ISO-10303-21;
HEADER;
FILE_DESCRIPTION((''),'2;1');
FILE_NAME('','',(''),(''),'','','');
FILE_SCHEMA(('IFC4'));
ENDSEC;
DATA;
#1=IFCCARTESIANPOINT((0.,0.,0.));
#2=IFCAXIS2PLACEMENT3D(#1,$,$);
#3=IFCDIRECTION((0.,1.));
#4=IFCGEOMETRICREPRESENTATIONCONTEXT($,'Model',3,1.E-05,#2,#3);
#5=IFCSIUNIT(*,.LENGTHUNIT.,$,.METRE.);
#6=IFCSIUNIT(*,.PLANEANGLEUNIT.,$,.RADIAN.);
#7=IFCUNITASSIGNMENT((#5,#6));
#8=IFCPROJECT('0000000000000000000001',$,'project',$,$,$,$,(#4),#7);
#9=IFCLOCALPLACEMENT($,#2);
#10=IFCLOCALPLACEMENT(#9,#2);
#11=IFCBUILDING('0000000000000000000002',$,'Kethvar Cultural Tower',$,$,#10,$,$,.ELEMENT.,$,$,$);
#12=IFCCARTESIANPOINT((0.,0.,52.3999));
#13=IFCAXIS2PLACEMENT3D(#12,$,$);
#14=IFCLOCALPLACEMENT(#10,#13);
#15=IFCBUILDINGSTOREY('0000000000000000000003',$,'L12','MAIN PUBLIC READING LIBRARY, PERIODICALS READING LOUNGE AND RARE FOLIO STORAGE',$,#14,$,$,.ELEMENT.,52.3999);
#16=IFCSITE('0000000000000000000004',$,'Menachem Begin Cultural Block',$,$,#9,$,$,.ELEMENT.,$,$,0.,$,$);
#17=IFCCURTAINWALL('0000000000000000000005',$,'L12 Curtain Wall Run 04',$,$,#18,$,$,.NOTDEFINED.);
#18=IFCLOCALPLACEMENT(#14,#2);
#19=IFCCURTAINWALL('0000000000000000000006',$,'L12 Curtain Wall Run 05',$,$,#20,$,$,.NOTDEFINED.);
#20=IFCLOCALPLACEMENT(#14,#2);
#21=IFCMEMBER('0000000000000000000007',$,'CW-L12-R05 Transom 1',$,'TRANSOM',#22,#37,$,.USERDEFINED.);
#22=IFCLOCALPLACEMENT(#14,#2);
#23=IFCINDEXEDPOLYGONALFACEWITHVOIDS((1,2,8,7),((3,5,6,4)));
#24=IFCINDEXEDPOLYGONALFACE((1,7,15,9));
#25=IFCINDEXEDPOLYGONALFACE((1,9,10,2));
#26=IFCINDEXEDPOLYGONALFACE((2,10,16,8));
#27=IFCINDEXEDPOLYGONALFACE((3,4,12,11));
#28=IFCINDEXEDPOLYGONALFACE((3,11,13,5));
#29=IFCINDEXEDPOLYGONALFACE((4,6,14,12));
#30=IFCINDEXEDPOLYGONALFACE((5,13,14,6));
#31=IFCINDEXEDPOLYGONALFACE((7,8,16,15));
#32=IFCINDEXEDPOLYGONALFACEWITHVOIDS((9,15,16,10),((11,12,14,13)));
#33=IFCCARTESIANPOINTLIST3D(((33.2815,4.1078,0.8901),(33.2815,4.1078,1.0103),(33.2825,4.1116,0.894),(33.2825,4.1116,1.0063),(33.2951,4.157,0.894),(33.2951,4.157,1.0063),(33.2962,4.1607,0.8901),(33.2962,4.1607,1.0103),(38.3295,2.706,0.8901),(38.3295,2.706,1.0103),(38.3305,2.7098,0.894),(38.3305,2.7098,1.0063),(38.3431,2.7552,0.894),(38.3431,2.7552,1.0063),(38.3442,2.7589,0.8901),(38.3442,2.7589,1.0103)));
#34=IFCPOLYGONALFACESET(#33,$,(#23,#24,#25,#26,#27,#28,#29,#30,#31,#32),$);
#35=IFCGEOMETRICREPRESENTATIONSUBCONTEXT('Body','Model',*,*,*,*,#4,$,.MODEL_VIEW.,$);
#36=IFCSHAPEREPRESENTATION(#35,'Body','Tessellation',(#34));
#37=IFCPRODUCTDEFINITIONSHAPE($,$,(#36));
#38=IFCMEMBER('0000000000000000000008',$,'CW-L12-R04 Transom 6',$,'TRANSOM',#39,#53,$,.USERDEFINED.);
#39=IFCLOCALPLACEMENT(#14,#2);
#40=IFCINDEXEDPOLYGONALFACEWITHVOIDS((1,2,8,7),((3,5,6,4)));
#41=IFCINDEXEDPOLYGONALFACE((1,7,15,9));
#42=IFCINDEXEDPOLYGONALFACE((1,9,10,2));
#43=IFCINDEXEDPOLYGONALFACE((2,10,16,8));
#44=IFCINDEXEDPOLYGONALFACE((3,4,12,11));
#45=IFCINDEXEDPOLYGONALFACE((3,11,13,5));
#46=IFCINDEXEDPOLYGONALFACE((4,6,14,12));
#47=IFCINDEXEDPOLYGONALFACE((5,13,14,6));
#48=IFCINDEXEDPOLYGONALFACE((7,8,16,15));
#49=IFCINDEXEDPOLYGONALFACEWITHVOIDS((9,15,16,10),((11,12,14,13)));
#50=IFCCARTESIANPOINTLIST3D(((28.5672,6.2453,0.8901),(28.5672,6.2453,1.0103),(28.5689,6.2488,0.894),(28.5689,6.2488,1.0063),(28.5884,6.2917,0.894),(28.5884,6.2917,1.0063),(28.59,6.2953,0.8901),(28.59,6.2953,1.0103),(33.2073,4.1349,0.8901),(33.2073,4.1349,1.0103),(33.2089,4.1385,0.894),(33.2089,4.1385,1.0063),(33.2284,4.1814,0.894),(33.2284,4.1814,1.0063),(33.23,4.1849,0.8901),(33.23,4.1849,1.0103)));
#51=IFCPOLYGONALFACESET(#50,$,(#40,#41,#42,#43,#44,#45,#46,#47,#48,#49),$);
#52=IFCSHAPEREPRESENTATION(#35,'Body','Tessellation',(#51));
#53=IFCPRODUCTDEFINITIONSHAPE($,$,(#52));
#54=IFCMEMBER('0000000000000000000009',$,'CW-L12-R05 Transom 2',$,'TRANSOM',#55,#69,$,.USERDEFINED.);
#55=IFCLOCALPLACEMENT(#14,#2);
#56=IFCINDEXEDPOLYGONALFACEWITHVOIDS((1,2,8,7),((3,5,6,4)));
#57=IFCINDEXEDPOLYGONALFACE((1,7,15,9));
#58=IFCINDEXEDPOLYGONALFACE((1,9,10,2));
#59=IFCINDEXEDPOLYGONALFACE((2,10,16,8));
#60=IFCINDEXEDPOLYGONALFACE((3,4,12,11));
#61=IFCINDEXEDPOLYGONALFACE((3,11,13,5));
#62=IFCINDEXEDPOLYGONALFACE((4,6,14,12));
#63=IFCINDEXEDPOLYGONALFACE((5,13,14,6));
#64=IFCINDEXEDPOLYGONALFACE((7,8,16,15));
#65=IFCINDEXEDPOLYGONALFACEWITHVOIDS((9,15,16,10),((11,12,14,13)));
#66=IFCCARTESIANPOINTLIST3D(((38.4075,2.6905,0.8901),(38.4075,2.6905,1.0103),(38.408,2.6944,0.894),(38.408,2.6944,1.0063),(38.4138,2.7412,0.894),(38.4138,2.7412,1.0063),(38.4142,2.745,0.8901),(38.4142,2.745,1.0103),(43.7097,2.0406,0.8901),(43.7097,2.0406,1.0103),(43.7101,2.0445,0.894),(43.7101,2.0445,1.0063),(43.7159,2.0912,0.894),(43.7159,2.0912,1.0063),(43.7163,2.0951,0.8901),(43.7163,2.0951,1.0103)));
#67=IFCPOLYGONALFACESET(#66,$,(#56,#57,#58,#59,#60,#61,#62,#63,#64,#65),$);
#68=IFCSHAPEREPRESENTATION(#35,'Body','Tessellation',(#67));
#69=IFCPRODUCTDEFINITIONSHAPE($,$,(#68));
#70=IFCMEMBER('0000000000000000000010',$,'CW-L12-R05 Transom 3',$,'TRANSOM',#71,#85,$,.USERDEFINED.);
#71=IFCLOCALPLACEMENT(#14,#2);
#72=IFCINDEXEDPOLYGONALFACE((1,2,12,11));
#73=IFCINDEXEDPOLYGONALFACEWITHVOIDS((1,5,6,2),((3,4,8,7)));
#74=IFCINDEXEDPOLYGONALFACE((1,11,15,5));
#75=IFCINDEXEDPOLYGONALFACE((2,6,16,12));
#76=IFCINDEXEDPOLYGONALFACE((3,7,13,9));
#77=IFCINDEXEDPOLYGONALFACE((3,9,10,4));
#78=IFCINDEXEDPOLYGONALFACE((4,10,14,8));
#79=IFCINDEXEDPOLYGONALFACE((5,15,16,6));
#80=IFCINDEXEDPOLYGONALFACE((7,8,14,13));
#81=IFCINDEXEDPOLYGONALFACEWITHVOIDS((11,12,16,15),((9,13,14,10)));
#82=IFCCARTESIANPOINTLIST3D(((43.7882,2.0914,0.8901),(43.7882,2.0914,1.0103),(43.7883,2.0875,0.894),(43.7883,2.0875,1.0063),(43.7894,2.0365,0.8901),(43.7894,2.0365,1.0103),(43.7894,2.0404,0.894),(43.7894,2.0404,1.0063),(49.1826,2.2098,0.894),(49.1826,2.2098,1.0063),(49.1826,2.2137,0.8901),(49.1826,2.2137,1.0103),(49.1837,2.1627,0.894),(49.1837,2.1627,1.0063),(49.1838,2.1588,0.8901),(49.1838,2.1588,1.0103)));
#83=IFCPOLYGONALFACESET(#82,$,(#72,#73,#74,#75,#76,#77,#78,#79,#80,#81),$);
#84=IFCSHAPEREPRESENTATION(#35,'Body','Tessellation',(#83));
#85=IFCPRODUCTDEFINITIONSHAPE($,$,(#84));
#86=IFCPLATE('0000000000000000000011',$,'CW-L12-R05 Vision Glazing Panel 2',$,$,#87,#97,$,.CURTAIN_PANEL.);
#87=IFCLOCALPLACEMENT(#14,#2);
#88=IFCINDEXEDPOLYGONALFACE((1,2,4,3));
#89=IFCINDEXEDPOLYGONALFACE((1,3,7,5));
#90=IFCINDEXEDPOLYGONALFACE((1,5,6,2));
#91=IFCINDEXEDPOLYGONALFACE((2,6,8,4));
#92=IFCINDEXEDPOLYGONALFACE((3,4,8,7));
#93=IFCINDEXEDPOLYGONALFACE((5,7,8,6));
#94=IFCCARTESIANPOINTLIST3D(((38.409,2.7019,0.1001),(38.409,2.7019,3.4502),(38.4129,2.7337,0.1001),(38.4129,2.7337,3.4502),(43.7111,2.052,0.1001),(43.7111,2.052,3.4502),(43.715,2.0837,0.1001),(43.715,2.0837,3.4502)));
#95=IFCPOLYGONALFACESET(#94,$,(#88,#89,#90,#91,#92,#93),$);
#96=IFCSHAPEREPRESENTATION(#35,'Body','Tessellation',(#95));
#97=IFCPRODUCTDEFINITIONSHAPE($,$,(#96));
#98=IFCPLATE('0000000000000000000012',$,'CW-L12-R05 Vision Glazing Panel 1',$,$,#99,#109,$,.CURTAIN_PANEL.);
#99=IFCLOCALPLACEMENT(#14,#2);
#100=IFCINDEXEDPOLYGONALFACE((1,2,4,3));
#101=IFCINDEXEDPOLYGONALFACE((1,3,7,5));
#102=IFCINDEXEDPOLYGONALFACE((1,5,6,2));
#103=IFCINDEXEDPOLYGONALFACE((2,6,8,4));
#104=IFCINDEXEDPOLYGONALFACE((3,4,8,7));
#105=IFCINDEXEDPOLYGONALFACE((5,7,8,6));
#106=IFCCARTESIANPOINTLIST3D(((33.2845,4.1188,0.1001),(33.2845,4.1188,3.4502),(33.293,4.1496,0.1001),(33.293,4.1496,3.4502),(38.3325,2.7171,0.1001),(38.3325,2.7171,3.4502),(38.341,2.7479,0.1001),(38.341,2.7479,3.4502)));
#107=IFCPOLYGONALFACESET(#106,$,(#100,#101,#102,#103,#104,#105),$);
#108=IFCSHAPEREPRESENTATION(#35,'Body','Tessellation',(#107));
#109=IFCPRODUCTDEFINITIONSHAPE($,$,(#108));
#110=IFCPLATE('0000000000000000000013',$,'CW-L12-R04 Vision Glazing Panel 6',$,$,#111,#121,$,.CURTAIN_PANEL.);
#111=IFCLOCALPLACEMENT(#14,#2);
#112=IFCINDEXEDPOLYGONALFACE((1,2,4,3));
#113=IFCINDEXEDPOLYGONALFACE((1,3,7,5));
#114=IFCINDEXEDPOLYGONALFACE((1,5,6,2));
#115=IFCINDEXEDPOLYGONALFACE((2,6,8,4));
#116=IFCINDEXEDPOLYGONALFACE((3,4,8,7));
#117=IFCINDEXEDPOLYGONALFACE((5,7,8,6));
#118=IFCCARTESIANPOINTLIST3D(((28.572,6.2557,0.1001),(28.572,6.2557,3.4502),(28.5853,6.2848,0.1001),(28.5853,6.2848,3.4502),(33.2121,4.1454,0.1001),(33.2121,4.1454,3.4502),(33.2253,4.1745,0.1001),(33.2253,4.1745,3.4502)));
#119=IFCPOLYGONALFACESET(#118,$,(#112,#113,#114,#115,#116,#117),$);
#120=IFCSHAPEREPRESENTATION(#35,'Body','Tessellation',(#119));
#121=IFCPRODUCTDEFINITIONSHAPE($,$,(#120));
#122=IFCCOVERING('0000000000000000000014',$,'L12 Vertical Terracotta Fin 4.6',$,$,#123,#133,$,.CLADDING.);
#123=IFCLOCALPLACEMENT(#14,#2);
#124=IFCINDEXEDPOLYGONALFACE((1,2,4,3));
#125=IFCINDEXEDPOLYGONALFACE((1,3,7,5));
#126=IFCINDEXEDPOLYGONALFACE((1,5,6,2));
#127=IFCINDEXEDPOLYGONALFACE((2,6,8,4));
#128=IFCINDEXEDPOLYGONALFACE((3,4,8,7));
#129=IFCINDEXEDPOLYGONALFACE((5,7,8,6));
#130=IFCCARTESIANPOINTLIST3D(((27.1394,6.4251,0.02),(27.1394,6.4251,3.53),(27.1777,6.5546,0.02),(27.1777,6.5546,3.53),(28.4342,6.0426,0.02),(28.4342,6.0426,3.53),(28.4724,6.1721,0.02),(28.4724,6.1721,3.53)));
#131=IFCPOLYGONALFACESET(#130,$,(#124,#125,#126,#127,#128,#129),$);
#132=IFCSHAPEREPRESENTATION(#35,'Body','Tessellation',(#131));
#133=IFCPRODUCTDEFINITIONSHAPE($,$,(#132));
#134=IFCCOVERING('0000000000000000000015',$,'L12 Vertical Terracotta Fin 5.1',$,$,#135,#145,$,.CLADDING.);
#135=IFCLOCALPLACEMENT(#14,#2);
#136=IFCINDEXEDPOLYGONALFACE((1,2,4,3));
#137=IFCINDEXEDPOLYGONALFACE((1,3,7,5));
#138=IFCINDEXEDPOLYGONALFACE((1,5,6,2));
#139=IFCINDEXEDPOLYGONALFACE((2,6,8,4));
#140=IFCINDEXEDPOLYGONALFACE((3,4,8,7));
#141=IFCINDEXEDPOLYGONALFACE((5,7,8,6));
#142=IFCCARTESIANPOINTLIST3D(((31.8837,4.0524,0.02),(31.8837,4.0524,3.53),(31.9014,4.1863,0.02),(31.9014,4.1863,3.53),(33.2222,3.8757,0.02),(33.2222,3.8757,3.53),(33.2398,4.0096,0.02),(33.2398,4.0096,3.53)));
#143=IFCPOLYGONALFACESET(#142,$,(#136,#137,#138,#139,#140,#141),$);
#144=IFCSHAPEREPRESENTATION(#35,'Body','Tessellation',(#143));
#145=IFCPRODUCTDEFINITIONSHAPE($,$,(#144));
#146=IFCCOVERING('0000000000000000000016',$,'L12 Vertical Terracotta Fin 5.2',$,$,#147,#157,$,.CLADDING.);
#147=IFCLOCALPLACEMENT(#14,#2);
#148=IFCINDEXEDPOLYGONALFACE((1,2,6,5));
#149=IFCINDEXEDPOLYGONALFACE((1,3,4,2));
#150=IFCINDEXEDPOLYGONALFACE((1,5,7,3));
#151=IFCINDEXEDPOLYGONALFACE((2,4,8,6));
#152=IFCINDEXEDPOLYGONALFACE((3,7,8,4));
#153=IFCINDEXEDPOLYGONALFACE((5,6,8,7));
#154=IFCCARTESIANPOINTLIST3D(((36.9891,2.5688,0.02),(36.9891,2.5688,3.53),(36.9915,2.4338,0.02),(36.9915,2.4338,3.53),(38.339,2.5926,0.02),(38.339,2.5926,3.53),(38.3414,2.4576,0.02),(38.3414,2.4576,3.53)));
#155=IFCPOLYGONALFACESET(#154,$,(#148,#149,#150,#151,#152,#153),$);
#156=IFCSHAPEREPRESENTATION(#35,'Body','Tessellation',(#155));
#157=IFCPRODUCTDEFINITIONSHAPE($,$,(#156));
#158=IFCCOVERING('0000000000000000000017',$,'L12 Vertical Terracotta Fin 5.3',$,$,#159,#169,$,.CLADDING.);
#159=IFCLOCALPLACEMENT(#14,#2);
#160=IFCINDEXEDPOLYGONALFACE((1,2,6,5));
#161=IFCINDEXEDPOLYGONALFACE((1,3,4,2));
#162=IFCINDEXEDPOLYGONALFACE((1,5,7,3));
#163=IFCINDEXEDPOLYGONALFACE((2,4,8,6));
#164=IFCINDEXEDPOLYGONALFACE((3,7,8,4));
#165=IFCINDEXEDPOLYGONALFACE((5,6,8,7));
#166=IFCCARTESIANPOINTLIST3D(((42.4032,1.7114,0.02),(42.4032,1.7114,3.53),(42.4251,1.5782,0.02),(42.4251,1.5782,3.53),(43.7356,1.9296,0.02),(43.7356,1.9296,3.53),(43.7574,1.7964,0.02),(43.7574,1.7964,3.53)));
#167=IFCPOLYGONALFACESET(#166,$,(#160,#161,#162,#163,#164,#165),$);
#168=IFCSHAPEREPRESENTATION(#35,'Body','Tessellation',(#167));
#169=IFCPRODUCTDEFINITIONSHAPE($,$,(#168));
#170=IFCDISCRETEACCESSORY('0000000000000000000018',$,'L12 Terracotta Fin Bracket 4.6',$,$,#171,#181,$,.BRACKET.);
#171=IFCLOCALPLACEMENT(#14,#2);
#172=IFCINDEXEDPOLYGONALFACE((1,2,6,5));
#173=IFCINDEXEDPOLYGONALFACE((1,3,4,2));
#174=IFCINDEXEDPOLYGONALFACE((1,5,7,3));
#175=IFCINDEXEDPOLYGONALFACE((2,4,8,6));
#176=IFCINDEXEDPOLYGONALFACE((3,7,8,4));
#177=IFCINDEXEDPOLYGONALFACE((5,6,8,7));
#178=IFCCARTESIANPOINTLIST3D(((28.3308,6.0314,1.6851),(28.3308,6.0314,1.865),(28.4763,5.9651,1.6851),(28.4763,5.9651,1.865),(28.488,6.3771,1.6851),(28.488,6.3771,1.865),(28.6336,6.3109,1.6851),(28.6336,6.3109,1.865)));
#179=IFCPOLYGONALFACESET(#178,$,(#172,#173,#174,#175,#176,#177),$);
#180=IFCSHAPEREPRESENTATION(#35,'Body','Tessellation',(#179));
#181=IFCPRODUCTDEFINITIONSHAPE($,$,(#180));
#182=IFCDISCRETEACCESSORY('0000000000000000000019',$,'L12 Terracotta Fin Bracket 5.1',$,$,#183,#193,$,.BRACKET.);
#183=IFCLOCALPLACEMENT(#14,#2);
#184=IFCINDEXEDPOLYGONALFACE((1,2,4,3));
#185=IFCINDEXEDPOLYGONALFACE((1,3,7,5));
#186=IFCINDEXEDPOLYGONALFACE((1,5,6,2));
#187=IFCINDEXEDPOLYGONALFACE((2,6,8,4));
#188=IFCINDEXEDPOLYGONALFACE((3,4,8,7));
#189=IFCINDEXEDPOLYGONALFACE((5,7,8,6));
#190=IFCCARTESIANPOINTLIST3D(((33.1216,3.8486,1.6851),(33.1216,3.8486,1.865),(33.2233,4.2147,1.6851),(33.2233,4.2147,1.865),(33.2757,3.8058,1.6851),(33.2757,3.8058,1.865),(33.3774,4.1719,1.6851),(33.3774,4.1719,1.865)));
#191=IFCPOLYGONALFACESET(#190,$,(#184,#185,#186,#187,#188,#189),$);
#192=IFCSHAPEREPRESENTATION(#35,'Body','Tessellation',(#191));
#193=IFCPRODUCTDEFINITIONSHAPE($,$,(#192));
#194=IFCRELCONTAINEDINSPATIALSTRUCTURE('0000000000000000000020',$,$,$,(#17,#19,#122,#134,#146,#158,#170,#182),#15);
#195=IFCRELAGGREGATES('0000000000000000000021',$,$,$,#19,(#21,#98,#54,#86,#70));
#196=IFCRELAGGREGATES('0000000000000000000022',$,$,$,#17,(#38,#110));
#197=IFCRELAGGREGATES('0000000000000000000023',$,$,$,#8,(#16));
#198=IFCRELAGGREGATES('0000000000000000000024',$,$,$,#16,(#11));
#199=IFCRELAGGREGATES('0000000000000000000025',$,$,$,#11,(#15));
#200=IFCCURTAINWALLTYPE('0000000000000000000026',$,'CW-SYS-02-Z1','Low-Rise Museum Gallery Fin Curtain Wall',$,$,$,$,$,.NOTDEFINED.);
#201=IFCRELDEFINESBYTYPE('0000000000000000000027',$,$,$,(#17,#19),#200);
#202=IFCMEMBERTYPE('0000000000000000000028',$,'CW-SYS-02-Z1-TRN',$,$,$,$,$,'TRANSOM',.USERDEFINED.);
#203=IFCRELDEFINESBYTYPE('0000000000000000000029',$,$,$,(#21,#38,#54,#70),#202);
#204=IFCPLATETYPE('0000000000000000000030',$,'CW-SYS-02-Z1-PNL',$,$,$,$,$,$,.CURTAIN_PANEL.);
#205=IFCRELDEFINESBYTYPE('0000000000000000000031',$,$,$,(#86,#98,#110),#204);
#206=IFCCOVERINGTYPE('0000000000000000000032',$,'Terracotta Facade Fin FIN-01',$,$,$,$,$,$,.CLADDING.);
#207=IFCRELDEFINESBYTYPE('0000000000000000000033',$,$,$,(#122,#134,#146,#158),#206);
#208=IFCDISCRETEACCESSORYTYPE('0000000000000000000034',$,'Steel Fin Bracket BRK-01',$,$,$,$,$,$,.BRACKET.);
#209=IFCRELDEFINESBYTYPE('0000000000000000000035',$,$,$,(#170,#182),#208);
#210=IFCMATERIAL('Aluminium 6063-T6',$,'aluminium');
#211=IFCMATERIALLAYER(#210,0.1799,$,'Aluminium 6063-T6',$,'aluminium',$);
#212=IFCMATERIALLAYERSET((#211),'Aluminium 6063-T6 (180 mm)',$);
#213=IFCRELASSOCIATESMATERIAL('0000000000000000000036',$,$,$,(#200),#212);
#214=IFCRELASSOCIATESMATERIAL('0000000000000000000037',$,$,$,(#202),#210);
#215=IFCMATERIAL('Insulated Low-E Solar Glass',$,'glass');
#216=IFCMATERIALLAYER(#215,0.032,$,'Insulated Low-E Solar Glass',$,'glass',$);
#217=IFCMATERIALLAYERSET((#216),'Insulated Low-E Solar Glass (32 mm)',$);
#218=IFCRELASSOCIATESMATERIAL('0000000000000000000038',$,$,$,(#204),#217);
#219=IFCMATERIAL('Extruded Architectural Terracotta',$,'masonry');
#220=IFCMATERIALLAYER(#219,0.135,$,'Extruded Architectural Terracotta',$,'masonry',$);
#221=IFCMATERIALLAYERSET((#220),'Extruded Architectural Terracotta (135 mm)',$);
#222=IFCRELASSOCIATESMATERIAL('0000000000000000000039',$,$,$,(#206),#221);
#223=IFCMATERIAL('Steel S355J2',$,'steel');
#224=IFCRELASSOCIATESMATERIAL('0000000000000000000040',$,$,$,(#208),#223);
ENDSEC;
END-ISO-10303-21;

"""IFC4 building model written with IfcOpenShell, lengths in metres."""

from ifc_helpers import new_model, si_unit, direction, frame, origin, origin_2d, place, context, subcontext, project, spatial, rectangle, hollow_rectangle, extrude, source, transform, mapped, material, layer, layer_set, material_profile, profile_set, type_object, element, aggregate, save


model = new_model("IFC4")

# Units and contexts
model_context = context("Model", 3, precision=1e-05, world=origin(), true_north=direction((0.0, 1.0)))
body_context = subcontext(model_context, "Body", "Model", "MODEL_VIEW")
ifc_project = project(units=[si_unit("LENGTHUNIT", "METRE"), si_unit("PLANEANGLEUNIT", "RADIAN")], contexts=[model_context])

# Site, building, storey
site_placement = place(None, origin())
site = spatial("IfcSite", under=ifc_project, at=site_placement, Name="Menachem Begin Cultural Block", CompositionType="ELEMENT", RefElevation=0.0)
building_placement = place(site_placement, origin())
building = spatial("IfcBuilding", under=site, at=building_placement, Name="Kethvar Cultural Tower", CompositionType="ELEMENT")
storey_placement = place(building_placement, frame((0.0, 0.0, 52.3999)))
storey = spatial("IfcBuildingStorey", under=building, at=storey_placement, Name="L12", Description="MAIN PUBLIC READING LIBRARY, PERIODICALS READING LOUNGE AND RARE FOLIO STORAGE", CompositionType="ELEMENT", Elevation=52.3999)

# Shared definitions
ifc_material_1 = material(Name="Steel S355J2", Category="steel")

# Curtain walls, member
ifc_material_2 = material(Name="Aluminium 6063-T6", Category="aluminium")
ifc_layer_1 = layer(ifc_material_2, 0.1799, Name="Aluminium 6063-T6", Category="aluminium")
ifc_layer_set_1 = layer_set([ifc_layer_1], Name="Aluminium 6063-T6 (180 mm)")
curtain_wall_type = type_object("IfcCurtainWallType", Name="CW-SYS-02-Z1", Description="Low-Rise Museum Gallery Fin Curtain Wall", PredefinedType="NOTDEFINED", material=ifc_layer_set_1)
curtain_wall_1_placement = place(storey_placement, origin())
curtain_wall_1 = element("IfcCurtainWall", 1, at=curtain_wall_1_placement, inside=storey, type_object=curtain_wall_type, Name="L12 Curtain Wall Run 04", PredefinedType="NOTDEFINED")
curtain_wall_2_placement = place(storey_placement, origin())
curtain_wall_2 = element("IfcCurtainWall", 2, at=curtain_wall_2_placement, inside=storey, type_object=curtain_wall_type, Name="L12 Curtain Wall Run 05", PredefinedType="NOTDEFINED")
ifc_material_profile_1 = material_profile(ifc_material_2, hollow_rectangle(XDim=0.0549, YDim=0.1201, WallThickness=0.0039, at=origin_2d()), Name="Aluminium 6063-T6 — RHS120x55x4")
ifc_profile_set_1 = profile_set([ifc_material_profile_1], Name="Aluminium 6063-T6 — RHS120x55x4")
member_type_1 = type_object("IfcMemberType", Name="CW-SYS-02-Z1-TRN", ElementType="TRANSOM", PredefinedType="USERDEFINED", material=ifc_profile_set_1)
shared_shape_1 = source(origin(), body_context, "Body", "SweptSolid", [
    extrude(hollow_rectangle(XDim=0.0549, YDim=0.1201, WallThickness=0.0039, at=origin_2d()), origin(), (0.0, 0.0, 1.0), 5.239),
])
member_1_placement = place(storey_placement, frame((33.2888, 4.1343, 0.9502), z_axis=(0.963537, -0.267574, 0.0), x_axis=(0.267574, 0.963537, 0.0)))
member_1 = element("IfcMember", 3, at=member_1_placement, type_object=member_type_1, Name="CW-L12-R05 Transom 1", ObjectType="TRANSOM", PredefinedType="USERDEFINED", context=body_context, shape_type="MappedRepresentation", body=[
    mapped(shared_shape_1, transform((0.0, 0.0, 0.0), scale=1.0)),
])

# Members
shared_shape_2 = source(origin(), body_context, "Body", "SweptSolid", [
    extrude(hollow_rectangle(XDim=0.0549, YDim=0.1201, WallThickness=0.0039, at=origin_2d()), origin(), (0.0, 0.0, 1.0), 5.0974),
])
member_2_placement = place(storey_placement, frame((28.5786, 6.2703, 0.9502), z_axis=(0.910278, -0.413998, 0.0), x_axis=(0.413998, 0.910278, 0.0)))
member_2 = element("IfcMember", 4, at=member_2_placement, type_object=member_type_1, Name="CW-L12-R04 Transom 6", ObjectType="TRANSOM", PredefinedType="USERDEFINED", context=body_context, shape_type="MappedRepresentation", body=[
    mapped(shared_shape_2, transform((0.0, 0.0, 0.0), scale=1.0)),
])
shared_shape_3 = source(origin(), body_context, "Body", "SweptSolid", [
    extrude(hollow_rectangle(XDim=0.0549, YDim=0.1201, WallThickness=0.0039, at=origin_2d()), origin(), (0.0, 0.0, 1.0), 5.3418),
])
member_3_placement = place(storey_placement, frame((38.4109, 2.7178, 0.9502), z_axis=(0.992571, -0.121666, 0.0), x_axis=(0.121666, 0.992571, 0.0)))
member_3 = element("IfcMember", 5, at=member_3_placement, type_object=member_type_1, Name="CW-L12-R05 Transom 2", ObjectType="TRANSOM", PredefinedType="USERDEFINED", context=body_context, shape_type="MappedRepresentation", body=[
    mapped(shared_shape_3, transform((0.0, 0.0, 0.0), scale=1.0)),
])
shared_shape_4 = source(origin(), body_context, "Body", "SweptSolid", [
    extrude(hollow_rectangle(XDim=0.0549, YDim=0.1201, WallThickness=0.0039, at=origin_2d()), origin(), (0.0, 0.0, 1.0), 5.3958),
])
member_4_placement = place(storey_placement, frame((43.7888, 2.064, 0.9502), z_axis=(0.999743, 0.022669, 0.0), x_axis=(-0.022669, 0.999743, 0.0)))
member_4 = element("IfcMember", 6, at=member_4_placement, type_object=member_type_1, Name="CW-L12-R05 Transom 3", ObjectType="TRANSOM", PredefinedType="USERDEFINED", context=body_context, shape_type="MappedRepresentation", body=[
    mapped(shared_shape_4, transform((0.0, 0.0, 0.0), scale=1.0)),
])

# Plates
ifc_material_3 = material(Name="Insulated Low-E Solar Glass", Category="glass")
ifc_layer_2 = layer(ifc_material_3, 0.032, Name="Insulated Low-E Solar Glass", Category="glass")
ifc_layer_set_2 = layer_set([ifc_layer_2], Name="Insulated Low-E Solar Glass (32 mm)")
plate_type = type_object("IfcPlateType", Name="CW-SYS-02-Z1-PNL", PredefinedType="CURTAIN_PANEL", material=ifc_layer_set_2)
shared_shape_5 = source(origin(), body_context, "Body", "SweptSolid", [
    extrude(rectangle(XDim=5.3418, YDim=0.032, at=origin_2d()), origin(), (0.0, 0.0, 1.0), 3.3501),
])
plate_1_placement = place(storey_placement, frame((41.062, 2.3928, 0.1001), z_axis=(0.0, 0.0, 1.0), x_axis=(0.99257, -0.121679, 0.0)))
plate_1 = element("IfcPlate", 7, at=plate_1_placement, type_object=plate_type, Name="CW-L12-R05 Vision Glazing Panel 2", PredefinedType="CURTAIN_PANEL", context=body_context, shape_type="MappedRepresentation", body=[
    mapped(shared_shape_5, transform((0.0, 0.0, 0.0), scale=1.0)),
])
shared_shape_6 = source(origin(), body_context, "Body", "SweptSolid", [
    extrude(rectangle(XDim=5.239, YDim=0.032, at=origin_2d()), origin(), (0.0, 0.0, 1.0), 3.3501),
])
plate_2_placement = place(storey_placement, frame((35.8127, 3.4333, 0.1001), z_axis=(0.0, 0.0, 1.0), x_axis=(0.963542, -0.267558, 0.0)))
plate_2 = element("IfcPlate", 8, at=plate_2_placement, type_object=plate_type, Name="CW-L12-R05 Vision Glazing Panel 1", PredefinedType="CURTAIN_PANEL", context=body_context, shape_type="MappedRepresentation", body=[
    mapped(shared_shape_6, transform((0.0, 0.0, 0.0), scale=1.0)),
])
aggregate(curtain_wall_2, [member_1, plate_2, member_3, plate_1, member_4])
shared_shape_7 = source(origin(), body_context, "Body", "SweptSolid", [
    extrude(rectangle(XDim=5.0974, YDim=0.032, at=origin_2d()), origin(), (0.0, 0.0, 1.0), 3.3501),
])
plate_3_placement = place(storey_placement, frame((30.8987, 5.2151, 0.1001), z_axis=(0.0, 0.0, 1.0), x_axis=(0.910279, -0.413994, 0.0)))
plate_3 = element("IfcPlate", 9, at=plate_3_placement, type_object=plate_type, Name="CW-L12-R04 Vision Glazing Panel 6", PredefinedType="CURTAIN_PANEL", context=body_context, shape_type="MappedRepresentation", body=[
    mapped(shared_shape_7, transform((0.0, 0.0, 0.0), scale=1.0)),
])
aggregate(curtain_wall_1, [member_2, plate_3])

# Coverings
ifc_material_4 = material(Name="Extruded Architectural Terracotta", Category="masonry")
ifc_layer_3 = layer(ifc_material_4, 0.135, Name="Extruded Architectural Terracotta", Category="masonry")
ifc_layer_set_3 = layer_set([ifc_layer_3], Name="Extruded Architectural Terracotta (135 mm)")
covering_type = type_object("IfcCoveringType", Name="Terracotta Facade Fin FIN-01", PredefinedType="CLADDING", material=ifc_layer_set_3)
shared_shape_8 = source(origin(), body_context, "Body", "SweptSolid", [
    extrude(rectangle(XDim=1.3501, YDim=0.135, at=origin_2d()), origin(), (0.0, 0.0, 1.0), 3.51),
])
for number, where, z_axis, x_axis, name in (
    (10, (27.8059, 6.2986, 0.02), (0.0, 0.0, 1.0), (-0.959018, 0.283346, 0.0), "L12 Vertical Terracotta Fin 4.6"),
    (11, (32.5618, 4.031, 0.02), (0.0, 0.0, 1.0), (-0.991399, 0.130872, 0.0), "L12 Vertical Terracotta Fin 5.1"),
    (12, (37.6653, 2.5132, 0.02), (0.0, 0.0, 1.0), (-0.999845, -0.017627, 0.0), "L12 Vertical Terracotta Fin 5.2"),
    (13, (43.0803, 1.7539, 0.02), (0.0, 0.0, 1.0), (-0.986856, -0.161604, 0.0), "L12 Vertical Terracotta Fin 5.3"),
):
    element("IfcCovering", number, at=place(storey_placement, frame(where, z_axis=z_axis, x_axis=x_axis)), inside=storey, type_object=covering_type, Name=name, PredefinedType="CLADDING", context=body_context, shape_type="MappedRepresentation", body=[
        mapped(shared_shape_8, transform((0.0, 0.0, 0.0), scale=1.0)),
    ])

# Discrete accessories
discrete_accessory_type = type_object("IfcDiscreteAccessoryType", Name="Steel Fin Bracket BRK-01", PredefinedType="BRACKET", material=ifc_material_1)
shared_shape_9 = source(origin(), body_context, "Body", "SweptSolid", [
    extrude(rectangle(XDim=0.3799, YDim=0.1599, at=origin_2d()), origin(), (0.0, 0.0, 1.0), 0.1799),
])
for number, where, z_axis, x_axis, name in (
    (14, (28.4822, 6.1711, 1.6851), (0.0, 0.0, 1.0), (-0.414058, -0.910251, 0.0), "L12 Terracotta Fin Bracket 4.6"),
    (15, (33.2495, 4.0103, 1.6851), (0.0, 0.0, 1.0), (-0.267575, -0.963537, 0.0), "L12 Terracotta Fin Bracket 5.1"),
):
    element("IfcDiscreteAccessory", number, at=place(storey_placement, frame(where, z_axis=z_axis, x_axis=x_axis)), inside=storey, type_object=discrete_accessory_type, Name=name, PredefinedType="BRACKET", context=body_context, shape_type="MappedRepresentation", body=[
        mapped(shared_shape_9, transform((0.0, 0.0, 0.0), scale=1.0)),
    ])

save(model, "model.ifc")
